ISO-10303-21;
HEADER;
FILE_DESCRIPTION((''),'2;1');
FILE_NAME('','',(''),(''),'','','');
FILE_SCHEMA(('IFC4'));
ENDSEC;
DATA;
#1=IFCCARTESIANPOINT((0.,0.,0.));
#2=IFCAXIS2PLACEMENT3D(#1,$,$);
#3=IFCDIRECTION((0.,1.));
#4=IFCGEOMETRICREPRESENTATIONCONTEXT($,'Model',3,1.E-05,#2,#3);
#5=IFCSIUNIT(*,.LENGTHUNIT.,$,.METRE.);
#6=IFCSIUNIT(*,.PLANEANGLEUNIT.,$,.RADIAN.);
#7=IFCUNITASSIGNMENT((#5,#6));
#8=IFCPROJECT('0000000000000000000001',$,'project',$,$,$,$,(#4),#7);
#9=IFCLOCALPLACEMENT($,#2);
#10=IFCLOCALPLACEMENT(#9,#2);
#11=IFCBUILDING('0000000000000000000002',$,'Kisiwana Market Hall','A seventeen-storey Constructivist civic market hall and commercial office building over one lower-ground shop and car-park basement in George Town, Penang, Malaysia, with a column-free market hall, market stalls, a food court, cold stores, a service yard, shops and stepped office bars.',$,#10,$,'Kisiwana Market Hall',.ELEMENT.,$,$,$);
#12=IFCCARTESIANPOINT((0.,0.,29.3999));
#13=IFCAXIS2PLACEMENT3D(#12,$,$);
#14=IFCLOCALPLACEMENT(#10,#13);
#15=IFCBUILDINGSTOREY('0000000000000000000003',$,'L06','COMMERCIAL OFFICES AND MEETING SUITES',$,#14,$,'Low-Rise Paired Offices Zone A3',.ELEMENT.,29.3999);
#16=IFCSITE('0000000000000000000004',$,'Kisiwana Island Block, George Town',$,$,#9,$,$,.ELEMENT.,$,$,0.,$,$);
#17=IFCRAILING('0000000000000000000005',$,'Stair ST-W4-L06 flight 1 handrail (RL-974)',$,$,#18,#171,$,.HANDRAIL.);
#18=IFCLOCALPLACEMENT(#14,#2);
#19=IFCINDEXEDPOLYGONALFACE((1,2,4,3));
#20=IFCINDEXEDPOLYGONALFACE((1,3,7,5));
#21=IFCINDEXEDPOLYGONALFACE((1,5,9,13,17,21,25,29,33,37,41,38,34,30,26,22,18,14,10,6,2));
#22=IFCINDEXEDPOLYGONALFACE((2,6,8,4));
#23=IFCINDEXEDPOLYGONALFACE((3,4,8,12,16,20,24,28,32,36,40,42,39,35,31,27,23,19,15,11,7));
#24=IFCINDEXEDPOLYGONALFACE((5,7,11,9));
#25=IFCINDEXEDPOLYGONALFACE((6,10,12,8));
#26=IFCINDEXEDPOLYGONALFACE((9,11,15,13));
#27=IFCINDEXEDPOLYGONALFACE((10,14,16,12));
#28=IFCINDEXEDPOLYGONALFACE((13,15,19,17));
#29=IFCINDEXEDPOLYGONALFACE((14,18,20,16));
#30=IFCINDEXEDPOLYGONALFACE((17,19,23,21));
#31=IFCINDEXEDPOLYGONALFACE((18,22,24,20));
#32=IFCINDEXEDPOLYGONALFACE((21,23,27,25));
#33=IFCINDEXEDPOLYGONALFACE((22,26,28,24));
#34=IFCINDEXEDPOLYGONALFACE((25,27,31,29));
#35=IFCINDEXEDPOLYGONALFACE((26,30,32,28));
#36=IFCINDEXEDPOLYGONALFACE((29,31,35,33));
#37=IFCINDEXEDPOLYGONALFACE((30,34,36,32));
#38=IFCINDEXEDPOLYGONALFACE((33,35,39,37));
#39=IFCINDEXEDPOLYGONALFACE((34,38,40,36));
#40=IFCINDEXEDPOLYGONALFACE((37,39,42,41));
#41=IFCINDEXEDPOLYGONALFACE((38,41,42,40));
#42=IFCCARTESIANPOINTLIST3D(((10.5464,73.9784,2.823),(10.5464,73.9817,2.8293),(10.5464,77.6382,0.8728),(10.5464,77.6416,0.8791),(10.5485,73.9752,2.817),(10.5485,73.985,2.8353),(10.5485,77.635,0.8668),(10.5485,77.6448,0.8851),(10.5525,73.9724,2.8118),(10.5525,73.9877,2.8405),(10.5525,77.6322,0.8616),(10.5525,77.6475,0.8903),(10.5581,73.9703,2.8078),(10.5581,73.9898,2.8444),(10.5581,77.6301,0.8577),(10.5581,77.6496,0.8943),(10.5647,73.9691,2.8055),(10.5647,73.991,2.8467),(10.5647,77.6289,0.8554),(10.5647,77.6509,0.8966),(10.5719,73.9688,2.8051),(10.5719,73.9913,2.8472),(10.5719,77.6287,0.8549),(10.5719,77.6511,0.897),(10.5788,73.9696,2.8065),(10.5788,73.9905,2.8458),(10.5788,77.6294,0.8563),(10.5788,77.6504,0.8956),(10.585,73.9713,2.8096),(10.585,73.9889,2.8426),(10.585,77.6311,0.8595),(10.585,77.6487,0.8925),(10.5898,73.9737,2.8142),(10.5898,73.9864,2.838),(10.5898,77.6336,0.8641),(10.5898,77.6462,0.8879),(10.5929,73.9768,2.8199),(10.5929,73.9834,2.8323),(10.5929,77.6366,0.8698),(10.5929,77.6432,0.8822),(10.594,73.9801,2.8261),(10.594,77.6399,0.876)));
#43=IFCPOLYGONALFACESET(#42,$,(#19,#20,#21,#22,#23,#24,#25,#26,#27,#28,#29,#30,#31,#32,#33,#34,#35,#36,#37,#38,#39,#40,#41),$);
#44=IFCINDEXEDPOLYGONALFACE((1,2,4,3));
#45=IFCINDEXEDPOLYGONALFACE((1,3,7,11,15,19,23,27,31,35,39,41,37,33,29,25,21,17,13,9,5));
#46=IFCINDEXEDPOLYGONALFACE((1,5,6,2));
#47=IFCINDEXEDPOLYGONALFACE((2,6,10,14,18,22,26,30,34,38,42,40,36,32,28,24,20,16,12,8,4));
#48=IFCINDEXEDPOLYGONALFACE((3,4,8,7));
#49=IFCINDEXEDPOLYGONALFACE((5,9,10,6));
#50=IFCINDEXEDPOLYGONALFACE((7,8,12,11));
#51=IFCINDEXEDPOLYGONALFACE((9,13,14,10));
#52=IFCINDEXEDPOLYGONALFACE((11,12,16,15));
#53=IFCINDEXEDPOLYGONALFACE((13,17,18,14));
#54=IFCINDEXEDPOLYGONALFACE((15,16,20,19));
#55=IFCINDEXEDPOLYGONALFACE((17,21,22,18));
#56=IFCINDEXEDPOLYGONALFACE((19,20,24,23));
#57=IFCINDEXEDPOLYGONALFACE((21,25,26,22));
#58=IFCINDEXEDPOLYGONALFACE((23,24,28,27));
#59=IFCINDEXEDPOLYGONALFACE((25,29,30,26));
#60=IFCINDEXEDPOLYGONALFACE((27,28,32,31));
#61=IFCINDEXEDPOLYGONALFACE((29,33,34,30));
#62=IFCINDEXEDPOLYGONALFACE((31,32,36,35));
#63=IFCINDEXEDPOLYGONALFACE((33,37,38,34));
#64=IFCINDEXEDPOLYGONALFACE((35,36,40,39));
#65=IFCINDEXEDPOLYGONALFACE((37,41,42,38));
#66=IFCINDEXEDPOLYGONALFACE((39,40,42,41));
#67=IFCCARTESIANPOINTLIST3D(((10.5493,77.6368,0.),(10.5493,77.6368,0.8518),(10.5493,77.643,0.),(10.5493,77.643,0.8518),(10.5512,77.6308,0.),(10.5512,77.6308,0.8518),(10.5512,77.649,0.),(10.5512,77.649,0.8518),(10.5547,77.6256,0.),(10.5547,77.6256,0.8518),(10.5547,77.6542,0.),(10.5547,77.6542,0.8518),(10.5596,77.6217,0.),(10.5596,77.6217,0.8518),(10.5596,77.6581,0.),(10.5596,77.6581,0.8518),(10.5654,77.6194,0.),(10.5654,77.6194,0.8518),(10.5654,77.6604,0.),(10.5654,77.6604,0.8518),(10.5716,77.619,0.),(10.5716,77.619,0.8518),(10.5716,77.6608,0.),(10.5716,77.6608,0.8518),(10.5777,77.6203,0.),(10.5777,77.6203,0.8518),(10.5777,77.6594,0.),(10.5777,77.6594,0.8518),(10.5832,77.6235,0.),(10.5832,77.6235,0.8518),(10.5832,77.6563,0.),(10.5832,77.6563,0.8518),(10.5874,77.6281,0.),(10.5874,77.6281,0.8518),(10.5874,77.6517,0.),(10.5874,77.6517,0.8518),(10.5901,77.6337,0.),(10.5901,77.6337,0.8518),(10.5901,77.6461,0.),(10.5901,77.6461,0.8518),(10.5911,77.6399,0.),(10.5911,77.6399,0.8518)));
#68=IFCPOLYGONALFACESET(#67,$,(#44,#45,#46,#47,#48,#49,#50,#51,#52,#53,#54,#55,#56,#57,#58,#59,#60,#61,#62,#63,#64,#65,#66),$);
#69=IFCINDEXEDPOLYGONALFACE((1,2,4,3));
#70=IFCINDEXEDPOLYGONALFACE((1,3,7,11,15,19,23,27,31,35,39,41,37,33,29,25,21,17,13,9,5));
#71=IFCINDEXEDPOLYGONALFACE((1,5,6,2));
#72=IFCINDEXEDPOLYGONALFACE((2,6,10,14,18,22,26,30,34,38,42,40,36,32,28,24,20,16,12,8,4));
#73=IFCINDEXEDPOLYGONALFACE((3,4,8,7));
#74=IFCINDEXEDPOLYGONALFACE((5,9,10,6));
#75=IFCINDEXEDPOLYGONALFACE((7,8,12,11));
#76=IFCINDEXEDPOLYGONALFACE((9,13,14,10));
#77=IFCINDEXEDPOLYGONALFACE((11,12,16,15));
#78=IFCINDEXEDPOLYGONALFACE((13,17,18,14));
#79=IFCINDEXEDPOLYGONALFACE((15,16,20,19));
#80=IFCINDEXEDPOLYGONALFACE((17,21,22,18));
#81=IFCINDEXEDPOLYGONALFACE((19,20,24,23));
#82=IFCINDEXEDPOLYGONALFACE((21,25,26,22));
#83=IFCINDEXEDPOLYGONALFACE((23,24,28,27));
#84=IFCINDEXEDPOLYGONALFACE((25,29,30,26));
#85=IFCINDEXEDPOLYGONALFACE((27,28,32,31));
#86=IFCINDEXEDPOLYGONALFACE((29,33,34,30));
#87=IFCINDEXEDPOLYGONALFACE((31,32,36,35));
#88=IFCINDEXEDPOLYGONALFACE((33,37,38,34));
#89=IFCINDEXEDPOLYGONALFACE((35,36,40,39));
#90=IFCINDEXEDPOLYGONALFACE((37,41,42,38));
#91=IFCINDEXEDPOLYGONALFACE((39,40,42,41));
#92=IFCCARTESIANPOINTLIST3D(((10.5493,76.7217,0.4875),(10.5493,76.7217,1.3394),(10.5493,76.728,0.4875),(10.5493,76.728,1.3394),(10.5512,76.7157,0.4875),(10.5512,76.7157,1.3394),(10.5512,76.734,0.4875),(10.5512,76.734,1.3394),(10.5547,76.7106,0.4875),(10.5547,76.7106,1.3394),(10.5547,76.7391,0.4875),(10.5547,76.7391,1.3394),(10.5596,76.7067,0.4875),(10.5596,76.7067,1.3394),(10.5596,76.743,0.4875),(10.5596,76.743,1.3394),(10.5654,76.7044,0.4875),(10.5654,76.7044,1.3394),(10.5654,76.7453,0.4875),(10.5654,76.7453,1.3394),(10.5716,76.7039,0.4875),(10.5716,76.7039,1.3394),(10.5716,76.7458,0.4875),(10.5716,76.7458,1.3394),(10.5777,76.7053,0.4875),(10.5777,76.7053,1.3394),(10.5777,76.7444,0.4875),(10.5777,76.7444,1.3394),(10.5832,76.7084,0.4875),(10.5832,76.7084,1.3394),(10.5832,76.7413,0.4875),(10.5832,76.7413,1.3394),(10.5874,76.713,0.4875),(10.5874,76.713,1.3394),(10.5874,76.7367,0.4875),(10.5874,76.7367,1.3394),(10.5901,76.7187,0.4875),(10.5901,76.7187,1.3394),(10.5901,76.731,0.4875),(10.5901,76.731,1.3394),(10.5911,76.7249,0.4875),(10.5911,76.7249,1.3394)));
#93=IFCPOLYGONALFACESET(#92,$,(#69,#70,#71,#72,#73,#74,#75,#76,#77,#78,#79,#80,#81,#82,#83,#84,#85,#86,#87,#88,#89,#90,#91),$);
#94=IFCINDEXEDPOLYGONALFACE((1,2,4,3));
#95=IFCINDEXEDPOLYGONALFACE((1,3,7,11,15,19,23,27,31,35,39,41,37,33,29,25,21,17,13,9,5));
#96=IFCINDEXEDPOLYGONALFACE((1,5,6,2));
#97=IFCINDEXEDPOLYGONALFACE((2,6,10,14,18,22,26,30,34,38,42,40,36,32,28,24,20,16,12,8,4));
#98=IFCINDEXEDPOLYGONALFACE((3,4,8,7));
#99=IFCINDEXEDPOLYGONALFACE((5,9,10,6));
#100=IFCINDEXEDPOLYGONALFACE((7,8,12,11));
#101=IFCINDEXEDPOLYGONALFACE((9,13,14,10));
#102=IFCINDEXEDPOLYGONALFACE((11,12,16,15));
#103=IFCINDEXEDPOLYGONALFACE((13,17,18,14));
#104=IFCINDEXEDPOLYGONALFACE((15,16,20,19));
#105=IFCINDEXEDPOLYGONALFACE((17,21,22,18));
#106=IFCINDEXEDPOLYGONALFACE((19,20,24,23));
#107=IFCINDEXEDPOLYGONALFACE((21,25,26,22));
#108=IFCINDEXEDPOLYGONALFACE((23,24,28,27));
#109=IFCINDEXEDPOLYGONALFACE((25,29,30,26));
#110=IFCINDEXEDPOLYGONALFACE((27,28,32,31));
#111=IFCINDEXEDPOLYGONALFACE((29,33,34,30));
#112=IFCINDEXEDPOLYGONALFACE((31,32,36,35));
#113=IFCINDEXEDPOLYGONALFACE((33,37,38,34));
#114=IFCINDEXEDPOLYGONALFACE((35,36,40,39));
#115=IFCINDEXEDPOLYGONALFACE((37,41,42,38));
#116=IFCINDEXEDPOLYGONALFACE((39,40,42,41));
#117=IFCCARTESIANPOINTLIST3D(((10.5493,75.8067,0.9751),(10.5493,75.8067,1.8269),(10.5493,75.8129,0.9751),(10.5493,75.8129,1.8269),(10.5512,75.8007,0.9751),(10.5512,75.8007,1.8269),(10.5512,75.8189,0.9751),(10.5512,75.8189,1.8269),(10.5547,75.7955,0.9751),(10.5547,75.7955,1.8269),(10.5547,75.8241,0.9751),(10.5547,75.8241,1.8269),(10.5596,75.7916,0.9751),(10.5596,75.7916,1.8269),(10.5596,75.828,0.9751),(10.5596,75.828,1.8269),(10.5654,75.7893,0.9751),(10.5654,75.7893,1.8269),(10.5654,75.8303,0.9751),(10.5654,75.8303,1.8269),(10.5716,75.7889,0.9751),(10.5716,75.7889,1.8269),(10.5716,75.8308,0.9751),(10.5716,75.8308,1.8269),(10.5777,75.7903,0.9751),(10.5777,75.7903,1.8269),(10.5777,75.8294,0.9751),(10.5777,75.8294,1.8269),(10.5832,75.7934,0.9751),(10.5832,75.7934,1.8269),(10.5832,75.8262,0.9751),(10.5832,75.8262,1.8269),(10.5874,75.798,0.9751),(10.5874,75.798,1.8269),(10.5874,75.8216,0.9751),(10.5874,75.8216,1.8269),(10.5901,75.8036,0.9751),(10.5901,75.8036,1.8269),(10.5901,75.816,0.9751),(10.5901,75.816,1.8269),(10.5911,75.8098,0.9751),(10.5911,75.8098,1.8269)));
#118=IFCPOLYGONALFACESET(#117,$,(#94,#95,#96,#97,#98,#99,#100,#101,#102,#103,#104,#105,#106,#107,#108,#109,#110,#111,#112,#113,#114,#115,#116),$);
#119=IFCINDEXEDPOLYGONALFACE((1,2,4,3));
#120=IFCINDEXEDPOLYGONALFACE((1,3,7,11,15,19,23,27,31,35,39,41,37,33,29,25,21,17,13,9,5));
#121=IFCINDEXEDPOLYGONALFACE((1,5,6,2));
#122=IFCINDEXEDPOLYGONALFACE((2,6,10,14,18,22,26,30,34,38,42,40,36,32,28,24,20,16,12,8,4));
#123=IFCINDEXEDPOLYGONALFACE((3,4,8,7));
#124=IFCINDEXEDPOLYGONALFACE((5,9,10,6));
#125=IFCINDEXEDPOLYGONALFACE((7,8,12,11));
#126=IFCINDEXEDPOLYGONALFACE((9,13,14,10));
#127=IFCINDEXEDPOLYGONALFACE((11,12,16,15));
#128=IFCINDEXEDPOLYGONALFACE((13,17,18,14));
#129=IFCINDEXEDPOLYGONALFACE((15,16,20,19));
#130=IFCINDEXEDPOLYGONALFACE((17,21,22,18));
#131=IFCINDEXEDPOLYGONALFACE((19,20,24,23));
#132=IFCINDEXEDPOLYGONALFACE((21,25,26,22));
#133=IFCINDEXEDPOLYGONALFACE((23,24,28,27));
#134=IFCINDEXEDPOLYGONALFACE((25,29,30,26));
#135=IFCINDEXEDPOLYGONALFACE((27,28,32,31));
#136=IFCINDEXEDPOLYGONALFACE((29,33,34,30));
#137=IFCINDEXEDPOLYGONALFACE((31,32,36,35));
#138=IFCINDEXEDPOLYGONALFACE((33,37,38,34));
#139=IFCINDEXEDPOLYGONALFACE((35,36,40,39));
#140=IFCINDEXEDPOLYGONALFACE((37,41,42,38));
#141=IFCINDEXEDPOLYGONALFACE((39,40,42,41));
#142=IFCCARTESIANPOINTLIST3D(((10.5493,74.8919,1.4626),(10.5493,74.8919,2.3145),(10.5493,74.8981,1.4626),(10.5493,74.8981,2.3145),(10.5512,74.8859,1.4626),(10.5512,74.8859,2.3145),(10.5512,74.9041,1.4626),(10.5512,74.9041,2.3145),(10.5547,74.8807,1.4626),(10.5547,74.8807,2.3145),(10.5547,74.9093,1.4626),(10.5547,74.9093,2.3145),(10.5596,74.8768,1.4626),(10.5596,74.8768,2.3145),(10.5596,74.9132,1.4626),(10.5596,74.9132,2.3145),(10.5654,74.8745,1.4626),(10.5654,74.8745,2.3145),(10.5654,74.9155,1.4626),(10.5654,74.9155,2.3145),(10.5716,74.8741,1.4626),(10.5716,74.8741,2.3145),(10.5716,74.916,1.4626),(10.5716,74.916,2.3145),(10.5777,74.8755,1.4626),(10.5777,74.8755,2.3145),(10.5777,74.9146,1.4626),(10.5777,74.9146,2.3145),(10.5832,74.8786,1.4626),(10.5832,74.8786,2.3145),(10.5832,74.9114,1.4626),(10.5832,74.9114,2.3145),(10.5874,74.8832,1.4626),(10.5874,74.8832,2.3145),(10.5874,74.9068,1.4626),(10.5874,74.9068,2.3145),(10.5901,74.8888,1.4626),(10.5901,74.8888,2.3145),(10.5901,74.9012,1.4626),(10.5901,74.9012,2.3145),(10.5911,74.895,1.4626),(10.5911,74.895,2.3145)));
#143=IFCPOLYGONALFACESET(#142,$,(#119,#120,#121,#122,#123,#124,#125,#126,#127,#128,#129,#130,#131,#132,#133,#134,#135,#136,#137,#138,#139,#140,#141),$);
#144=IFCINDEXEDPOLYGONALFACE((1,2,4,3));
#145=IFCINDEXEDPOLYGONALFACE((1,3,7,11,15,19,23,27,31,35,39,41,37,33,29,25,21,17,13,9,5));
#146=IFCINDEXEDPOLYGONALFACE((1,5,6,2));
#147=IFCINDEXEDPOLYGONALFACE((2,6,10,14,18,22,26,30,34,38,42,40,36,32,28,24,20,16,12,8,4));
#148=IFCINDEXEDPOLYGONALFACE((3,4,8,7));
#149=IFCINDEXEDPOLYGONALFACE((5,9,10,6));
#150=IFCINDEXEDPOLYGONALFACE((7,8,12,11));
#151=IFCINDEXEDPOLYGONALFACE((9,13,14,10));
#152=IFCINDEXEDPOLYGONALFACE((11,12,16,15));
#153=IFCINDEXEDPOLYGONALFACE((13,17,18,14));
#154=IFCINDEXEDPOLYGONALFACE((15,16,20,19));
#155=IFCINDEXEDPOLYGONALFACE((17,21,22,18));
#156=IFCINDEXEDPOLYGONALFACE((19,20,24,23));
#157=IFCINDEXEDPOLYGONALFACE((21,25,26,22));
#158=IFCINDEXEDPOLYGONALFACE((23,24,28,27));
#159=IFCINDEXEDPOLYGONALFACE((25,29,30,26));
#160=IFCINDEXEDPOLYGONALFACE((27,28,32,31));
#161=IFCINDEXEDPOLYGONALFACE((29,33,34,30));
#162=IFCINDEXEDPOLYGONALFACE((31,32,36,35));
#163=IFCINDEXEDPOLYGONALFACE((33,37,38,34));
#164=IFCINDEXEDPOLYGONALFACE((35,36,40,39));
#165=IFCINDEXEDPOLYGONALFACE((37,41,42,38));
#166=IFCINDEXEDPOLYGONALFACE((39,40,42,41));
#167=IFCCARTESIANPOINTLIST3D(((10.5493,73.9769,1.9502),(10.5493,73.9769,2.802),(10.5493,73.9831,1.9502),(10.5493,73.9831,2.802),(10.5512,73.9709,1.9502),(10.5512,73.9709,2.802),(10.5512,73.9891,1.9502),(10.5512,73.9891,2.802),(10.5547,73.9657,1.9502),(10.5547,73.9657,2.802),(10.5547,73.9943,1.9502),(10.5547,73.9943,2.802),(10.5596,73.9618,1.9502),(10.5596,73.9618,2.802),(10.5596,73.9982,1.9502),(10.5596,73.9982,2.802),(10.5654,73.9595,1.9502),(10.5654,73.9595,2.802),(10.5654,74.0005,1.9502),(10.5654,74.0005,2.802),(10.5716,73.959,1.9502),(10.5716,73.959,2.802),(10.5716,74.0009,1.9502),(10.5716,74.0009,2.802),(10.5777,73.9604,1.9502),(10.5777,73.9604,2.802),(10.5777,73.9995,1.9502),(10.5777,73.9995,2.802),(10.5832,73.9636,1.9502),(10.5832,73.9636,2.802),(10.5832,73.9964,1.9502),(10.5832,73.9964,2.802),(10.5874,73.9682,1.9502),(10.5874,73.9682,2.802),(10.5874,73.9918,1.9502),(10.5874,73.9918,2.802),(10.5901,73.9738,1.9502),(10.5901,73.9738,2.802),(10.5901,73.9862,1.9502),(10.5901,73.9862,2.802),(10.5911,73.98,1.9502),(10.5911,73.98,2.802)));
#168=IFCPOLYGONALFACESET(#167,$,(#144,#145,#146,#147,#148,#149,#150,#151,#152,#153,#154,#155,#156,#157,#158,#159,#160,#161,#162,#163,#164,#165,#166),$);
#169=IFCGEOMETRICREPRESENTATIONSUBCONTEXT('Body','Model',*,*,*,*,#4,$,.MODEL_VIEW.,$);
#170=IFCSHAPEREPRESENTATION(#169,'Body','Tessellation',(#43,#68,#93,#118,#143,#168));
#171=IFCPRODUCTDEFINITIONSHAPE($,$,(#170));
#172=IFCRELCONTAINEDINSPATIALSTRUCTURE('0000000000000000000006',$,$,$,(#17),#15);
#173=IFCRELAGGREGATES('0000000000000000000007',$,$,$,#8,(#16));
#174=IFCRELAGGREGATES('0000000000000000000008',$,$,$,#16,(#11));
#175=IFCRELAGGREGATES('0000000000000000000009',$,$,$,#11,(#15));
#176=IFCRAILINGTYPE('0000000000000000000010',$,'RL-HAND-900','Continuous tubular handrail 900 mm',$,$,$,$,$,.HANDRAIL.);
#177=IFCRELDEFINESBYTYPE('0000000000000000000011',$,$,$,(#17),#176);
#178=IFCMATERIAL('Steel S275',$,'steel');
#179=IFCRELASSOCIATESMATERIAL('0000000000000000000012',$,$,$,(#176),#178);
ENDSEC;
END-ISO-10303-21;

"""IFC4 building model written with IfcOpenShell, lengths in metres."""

from ifc_helpers import new_model, si_unit, direction, frame, origin, origin_2d, place, context, subcontext, project, spatial, circle, extrude, material, type_object, element, save


model = new_model("IFC4")

# Units and contexts
model_context = context("Model", 3, precision=1e-05, world=origin(), true_north=direction((0.0, 1.0)))
body_context = subcontext(model_context, "Body", "Model", "MODEL_VIEW")
ifc_project = project(units=[si_unit("LENGTHUNIT", "METRE"), si_unit("PLANEANGLEUNIT", "RADIAN")], contexts=[model_context])

# Site, building, storey
site_placement = place(None, origin())
site = spatial("IfcSite", under=ifc_project, at=site_placement, Name="Kisiwana Island Block, George Town", CompositionType="ELEMENT", RefElevation=0.0)
building_placement = place(site_placement, origin())
building = spatial("IfcBuilding", under=site, at=building_placement, Name="Kisiwana Market Hall", Description="A seventeen-storey Constructivist civic market hall and commercial office building over one lower-ground shop and car-park basement in George Town, Penang, Malaysia, with a column-free market hall, market stalls, a food court, cold stores, a service yard, shops and stepped office bars.", LongName="Kisiwana Market Hall", CompositionType="ELEMENT")
storey_placement = place(building_placement, frame((0.0, 0.0, 29.3999)))
storey = spatial("IfcBuildingStorey", under=building, at=storey_placement, Name="L06", Description="COMMERCIAL OFFICES AND MEETING SUITES", LongName="Low-Rise Paired Offices Zone A3", CompositionType="ELEMENT", Elevation=29.3999)

# Railing
ifc_material_1 = material(Name="Steel S275", Category="steel")
railing_type_1 = type_object("IfcRailingType", Name="RL-HAND-900", Description="Continuous tubular handrail 900 mm", PredefinedType="HANDRAIL", material=ifc_material_1)
for number, where, name in (
    (1, (10.5701, 77.6399, 0.0), "Stair ST-W4-L06 flight 1 handrail (RL-974)"),
):
    element("IfcRailing", number, at=place(storey_placement, frame(where)), inside=storey, type_object=railing_type_1, Name=name, PredefinedType="HANDRAIL", context=body_context, shape_type="SweptSolid", body=[
        extrude(circle(Radius=0.0239, at=origin_2d()), frame((0.0, 0.0, 0.876), z_axis=(0.0, -0.882529, 0.470258), x_axis=(1.0, 0.0, 0.0)), (0.0, 0.0, 1.0), 4.147),
        extrude(circle(Radius=0.021, at=origin_2d()), origin(), (0.0, 0.0, 1.0), 0.8518),
        extrude(circle(Radius=0.021, at=origin_2d()), frame((0.0, -0.915, 0.4875)), (0.0, 0.0, 1.0), 0.8518),
        extrude(circle(Radius=0.021, at=origin_2d()), frame((0.0, -1.8301, 0.9751)), (0.0, 0.0, 1.0), 0.8518),
        extrude(circle(Radius=0.021, at=origin_2d()), frame((0.0, -2.7449, 1.4626)), (0.0, 0.0, 1.0), 0.8518),
        extrude(circle(Radius=0.021, at=origin_2d()), frame((0.0, -3.6599, 1.9502)), (0.0, 0.0, 1.0), 0.8518),
    ])

save(model, "model.ifc")
